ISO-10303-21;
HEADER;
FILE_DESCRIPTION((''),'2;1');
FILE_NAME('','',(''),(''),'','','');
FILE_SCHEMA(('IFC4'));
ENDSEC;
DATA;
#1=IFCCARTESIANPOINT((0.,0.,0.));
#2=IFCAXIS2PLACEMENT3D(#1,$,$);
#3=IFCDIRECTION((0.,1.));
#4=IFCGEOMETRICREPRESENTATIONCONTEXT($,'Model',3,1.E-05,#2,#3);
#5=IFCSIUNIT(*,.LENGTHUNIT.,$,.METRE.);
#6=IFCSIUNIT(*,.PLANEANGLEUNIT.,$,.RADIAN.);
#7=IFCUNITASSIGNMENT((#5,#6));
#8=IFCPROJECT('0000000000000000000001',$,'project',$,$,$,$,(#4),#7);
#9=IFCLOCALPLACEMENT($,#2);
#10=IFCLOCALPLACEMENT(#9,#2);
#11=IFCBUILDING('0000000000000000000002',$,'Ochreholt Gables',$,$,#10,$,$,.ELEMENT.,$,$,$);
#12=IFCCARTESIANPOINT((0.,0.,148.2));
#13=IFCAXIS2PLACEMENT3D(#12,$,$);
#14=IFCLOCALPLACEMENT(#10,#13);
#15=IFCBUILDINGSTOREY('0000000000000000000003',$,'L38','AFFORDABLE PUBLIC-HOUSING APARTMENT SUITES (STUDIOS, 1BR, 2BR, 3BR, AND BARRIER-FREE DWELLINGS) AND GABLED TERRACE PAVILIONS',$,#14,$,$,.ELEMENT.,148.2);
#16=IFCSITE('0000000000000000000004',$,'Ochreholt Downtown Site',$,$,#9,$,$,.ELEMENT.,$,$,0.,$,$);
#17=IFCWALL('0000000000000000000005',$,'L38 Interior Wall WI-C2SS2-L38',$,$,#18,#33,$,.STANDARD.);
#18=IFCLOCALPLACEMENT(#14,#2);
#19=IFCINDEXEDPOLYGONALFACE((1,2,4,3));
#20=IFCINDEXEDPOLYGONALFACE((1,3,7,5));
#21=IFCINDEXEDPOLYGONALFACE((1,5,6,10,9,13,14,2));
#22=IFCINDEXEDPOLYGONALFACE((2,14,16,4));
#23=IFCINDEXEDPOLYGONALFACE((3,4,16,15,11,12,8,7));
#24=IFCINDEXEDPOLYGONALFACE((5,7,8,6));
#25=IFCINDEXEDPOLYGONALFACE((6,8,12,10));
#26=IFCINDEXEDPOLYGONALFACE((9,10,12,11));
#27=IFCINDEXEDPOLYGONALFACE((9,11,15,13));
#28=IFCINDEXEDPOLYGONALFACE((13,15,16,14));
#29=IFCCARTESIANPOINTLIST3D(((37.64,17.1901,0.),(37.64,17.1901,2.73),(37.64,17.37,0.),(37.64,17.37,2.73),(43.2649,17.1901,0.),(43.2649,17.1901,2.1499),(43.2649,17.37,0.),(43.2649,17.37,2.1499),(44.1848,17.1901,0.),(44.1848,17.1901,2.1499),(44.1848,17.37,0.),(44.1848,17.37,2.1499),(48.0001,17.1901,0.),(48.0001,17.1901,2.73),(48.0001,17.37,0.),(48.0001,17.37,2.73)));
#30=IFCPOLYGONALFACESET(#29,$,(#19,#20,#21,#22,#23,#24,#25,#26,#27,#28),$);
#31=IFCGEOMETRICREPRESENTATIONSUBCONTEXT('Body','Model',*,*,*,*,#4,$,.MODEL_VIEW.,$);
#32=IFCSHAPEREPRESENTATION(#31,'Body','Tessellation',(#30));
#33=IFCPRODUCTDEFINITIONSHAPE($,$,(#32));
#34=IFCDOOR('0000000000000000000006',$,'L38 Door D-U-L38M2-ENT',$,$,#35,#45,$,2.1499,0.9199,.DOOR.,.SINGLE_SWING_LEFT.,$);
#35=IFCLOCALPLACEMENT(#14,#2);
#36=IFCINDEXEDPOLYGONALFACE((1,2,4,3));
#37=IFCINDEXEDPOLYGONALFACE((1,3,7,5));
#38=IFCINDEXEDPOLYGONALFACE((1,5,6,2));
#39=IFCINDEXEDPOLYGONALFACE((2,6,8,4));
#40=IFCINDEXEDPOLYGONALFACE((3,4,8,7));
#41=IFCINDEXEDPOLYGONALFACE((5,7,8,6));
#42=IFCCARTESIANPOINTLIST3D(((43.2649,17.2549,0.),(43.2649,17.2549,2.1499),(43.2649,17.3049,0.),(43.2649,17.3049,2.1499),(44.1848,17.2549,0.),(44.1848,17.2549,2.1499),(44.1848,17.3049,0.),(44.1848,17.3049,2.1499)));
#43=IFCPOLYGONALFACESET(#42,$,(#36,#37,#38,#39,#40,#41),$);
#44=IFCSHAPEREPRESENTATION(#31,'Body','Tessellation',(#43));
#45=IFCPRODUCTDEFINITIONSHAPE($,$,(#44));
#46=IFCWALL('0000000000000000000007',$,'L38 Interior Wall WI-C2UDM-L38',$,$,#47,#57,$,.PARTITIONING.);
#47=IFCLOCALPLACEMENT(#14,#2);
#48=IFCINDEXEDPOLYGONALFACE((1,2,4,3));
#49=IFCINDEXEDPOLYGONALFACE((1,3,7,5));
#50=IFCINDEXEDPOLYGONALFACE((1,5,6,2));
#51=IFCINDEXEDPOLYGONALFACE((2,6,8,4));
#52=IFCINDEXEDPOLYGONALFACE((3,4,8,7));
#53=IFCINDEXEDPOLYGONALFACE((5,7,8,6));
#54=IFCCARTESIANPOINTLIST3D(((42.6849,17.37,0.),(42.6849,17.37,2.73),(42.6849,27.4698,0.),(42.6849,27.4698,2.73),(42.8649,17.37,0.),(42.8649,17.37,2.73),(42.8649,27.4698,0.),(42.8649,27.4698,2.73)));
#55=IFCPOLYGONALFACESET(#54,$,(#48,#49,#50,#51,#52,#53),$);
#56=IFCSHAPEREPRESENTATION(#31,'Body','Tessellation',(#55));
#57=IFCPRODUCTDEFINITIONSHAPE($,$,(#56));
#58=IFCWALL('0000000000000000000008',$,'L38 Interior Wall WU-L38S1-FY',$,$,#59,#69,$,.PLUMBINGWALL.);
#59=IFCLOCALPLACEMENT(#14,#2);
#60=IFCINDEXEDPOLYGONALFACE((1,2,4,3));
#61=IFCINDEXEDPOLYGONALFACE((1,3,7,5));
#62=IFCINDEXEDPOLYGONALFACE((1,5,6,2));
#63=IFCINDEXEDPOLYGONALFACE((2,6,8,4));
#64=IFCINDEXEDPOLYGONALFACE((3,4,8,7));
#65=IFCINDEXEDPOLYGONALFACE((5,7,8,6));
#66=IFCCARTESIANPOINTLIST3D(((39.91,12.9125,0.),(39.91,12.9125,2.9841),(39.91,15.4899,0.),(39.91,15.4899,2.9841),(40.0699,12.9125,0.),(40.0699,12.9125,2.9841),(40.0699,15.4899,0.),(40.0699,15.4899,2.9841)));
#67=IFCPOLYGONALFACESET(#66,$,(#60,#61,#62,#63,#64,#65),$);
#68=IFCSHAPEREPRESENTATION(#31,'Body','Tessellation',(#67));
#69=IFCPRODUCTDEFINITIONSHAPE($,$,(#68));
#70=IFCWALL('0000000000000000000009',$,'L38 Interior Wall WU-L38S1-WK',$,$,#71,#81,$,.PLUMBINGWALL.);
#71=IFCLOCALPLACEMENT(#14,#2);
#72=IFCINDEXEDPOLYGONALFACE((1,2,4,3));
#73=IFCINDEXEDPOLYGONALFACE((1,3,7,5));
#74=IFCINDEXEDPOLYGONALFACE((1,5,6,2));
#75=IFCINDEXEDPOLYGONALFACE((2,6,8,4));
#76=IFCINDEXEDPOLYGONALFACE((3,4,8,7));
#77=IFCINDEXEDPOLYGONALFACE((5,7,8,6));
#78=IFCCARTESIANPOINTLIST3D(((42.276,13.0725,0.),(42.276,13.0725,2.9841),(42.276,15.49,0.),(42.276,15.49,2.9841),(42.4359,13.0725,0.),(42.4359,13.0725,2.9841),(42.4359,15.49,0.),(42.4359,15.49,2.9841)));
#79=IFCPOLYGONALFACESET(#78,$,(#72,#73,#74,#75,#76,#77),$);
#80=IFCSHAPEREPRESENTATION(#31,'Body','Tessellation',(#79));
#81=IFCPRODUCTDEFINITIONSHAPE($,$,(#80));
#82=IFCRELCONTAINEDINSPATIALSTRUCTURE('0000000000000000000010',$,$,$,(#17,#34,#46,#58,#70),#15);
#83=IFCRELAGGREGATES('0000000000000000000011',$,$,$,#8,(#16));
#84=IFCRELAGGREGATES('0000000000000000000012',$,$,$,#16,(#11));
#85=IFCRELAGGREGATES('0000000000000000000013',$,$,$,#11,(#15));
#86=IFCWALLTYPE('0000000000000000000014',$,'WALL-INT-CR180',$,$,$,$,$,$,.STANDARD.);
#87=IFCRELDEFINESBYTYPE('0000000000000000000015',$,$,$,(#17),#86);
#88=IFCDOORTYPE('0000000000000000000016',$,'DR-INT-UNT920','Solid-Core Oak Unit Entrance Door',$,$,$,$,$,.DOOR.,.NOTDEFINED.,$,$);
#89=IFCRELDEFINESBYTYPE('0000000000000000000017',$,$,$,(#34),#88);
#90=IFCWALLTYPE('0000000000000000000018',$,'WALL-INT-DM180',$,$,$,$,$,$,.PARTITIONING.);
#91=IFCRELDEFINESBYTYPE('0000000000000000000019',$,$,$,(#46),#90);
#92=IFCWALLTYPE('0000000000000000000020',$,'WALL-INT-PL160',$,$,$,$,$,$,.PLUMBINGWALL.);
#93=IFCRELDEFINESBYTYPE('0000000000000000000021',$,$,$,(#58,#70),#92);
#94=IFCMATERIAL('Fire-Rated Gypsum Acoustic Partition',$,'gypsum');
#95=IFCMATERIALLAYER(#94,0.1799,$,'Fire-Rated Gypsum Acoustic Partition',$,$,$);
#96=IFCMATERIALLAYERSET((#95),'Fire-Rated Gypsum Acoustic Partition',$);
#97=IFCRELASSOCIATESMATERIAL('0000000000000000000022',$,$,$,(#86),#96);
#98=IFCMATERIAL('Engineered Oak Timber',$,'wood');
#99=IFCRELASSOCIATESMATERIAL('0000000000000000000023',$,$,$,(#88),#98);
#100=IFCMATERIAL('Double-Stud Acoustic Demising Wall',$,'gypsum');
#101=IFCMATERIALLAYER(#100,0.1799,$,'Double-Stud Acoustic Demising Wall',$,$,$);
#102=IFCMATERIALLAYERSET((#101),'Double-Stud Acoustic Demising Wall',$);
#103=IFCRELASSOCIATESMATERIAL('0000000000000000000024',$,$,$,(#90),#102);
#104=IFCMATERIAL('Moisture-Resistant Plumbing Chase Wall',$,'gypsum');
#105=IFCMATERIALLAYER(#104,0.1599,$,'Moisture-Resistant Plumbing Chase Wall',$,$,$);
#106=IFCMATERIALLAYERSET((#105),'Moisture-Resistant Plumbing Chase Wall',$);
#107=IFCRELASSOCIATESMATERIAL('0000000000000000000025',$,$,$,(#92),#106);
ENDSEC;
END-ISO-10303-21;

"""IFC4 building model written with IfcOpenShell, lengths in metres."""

from ifc_helpers import new_model, si_unit, direction, frame, frame_2d, origin, place, context, subcontext, project, spatial, rectangle, extrude, material, layer, layer_set, type_object, element, fill, save


model = new_model("IFC4")

# Units and contexts
model_context = context("Model", 3, precision=1e-05, world=origin(), true_north=direction((0.0, 1.0)))
body_context = subcontext(model_context, "Body", "Model", "MODEL_VIEW")
ifc_project = project(units=[si_unit("LENGTHUNIT", "METRE"), si_unit("PLANEANGLEUNIT", "RADIAN")], contexts=[model_context])

# Site, building, storey
site_placement = place(None, origin())
site = spatial("IfcSite", under=ifc_project, at=site_placement, Name="Ochreholt Downtown Site", CompositionType="ELEMENT", RefElevation=0.0)
building_placement = place(site_placement, origin())
building = spatial("IfcBuilding", under=site, at=building_placement, Name="Ochreholt Gables", CompositionType="ELEMENT")
storey_placement = place(building_placement, frame((0.0, 0.0, 148.2)))
storey = spatial("IfcBuildingStorey", under=building, at=storey_placement, Name="L38", Description="AFFORDABLE PUBLIC-HOUSING APARTMENT SUITES (STUDIOS, 1BR, 2BR, 3BR, AND BARRIER-FREE DWELLINGS) AND GABLED TERRACE PAVILIONS", CompositionType="ELEMENT", Elevation=148.2)

# Wall, opening, door
ifc_material_1 = material(Name="Fire-Rated Gypsum Acoustic Partition", Category="gypsum")
ifc_layer_1 = layer(ifc_material_1, 0.1799, Name="Fire-Rated Gypsum Acoustic Partition")
ifc_layer_set_1 = layer_set([ifc_layer_1], Name="Fire-Rated Gypsum Acoustic Partition")
wall_type_1 = type_object("IfcWallType", Name="WALL-INT-CR180", PredefinedType="STANDARD", material=ifc_layer_set_1)
ifc_material_2 = material(Name="Engineered Oak Timber", Category="wood")
door_type_1 = type_object("IfcDoorType", Name="DR-INT-UNT920", Description="Solid-Core Oak Unit Entrance Door", OperationType="NOTDEFINED", PredefinedType="DOOR", material=ifc_material_2)
wall_1_placement = place(storey_placement, frame((37.6399, 17.28, 0.0), z_axis=(0.0, 0.0, 1.0), x_axis=(1.0, 0.0, 0.0)))
wall_1 = element("IfcWall", 1, at=wall_1_placement, inside=storey, type_object=wall_type_1, Name="L38 Interior Wall WI-C2SS2-L38", PredefinedType="STANDARD", context=body_context, shape_type="SweptSolid", body=[
    extrude(rectangle(XDim=10.3601, YDim=0.1799, at=frame_2d((5.1802, 0.0))), origin(), (0.0, 0.0, 1.0), 2.73),
])
opening_1_placement = place(wall_1_placement, frame((5.625, 0.0, 0.0)))
opening_1 = element("IfcOpeningElement", 2, at=opening_1_placement, cuts=wall_1, PredefinedType="OPENING", context=body_context, shape_type="SweptSolid", body=[
    extrude(rectangle(XDim=0.9199, YDim=2.1499, at=frame_2d((0.46, 1.075))), frame((0.0, 0.0999, 0.0), z_axis=(0.0, -1.0, 0.0), x_axis=(1.0, 0.0, 0.0)), (0.0, 0.0, 1.0), 0.2),
])
door_1_placement = place(opening_1_placement, origin())
door_1 = element("IfcDoor", 3, at=door_1_placement, inside=storey, type_object=door_type_1, Name="L38 Door D-U-L38M2-ENT", OperationType="SINGLE_SWING_LEFT", OverallHeight=2.1499, OverallWidth=0.9199, PredefinedType="DOOR", context=body_context, shape_type="SweptSolid", body=[
    extrude(rectangle(XDim=0.9199, YDim=2.1499, at=frame_2d((0.46, 1.075))), frame((0.0, 0.0249, 0.0), z_axis=(0.0, -1.0, 0.0), x_axis=(1.0, 0.0, 0.0)), (0.0, 0.0, 1.0), 0.05),
])
fill(opening_1, door_1)

# Wall
ifc_material_3 = material(Name="Double-Stud Acoustic Demising Wall", Category="gypsum")
ifc_layer_2 = layer(ifc_material_3, 0.1799, Name="Double-Stud Acoustic Demising Wall")
ifc_layer_set_2 = layer_set([ifc_layer_2], Name="Double-Stud Acoustic Demising Wall")
wall_type_2 = type_object("IfcWallType", Name="WALL-INT-DM180", PredefinedType="PARTITIONING", material=ifc_layer_set_2)
wall_2_placement = place(storey_placement, frame((42.7749, 17.3701, 0.0), z_axis=(0.0, 0.0, 1.0), x_axis=(0.0, 1.0, 0.0)))
element("IfcWall", 4, at=wall_2_placement, inside=storey, type_object=wall_type_2, Name="L38 Interior Wall WI-C2UDM-L38", PredefinedType="PARTITIONING", context=body_context, shape_type="SweptSolid", body=[
    extrude(rectangle(XDim=10.0999, YDim=0.1799, at=frame_2d((5.0498, 0.0))), origin(), (0.0, 0.0, 1.0), 2.73),
])

# Shared definitions
ifc_material_4 = material(Name="Moisture-Resistant Plumbing Chase Wall", Category="gypsum")
ifc_layer_3 = layer(ifc_material_4, 0.1599, Name="Moisture-Resistant Plumbing Chase Wall")
ifc_layer_set_3 = layer_set([ifc_layer_3], Name="Moisture-Resistant Plumbing Chase Wall")
wall_type_3 = type_object("IfcWallType", Name="WALL-INT-PL160", PredefinedType="PLUMBINGWALL", material=ifc_layer_set_3)

# Walls
wall_3_placement = place(storey_placement, frame((39.99, 12.9126, 0.0), z_axis=(0.0, 0.0, 1.0), x_axis=(0.0, 1.0, 0.0)))
element("IfcWall", 5, at=wall_3_placement, inside=storey, type_object=wall_type_3, Name="L38 Interior Wall WU-L38S1-FY", PredefinedType="PLUMBINGWALL", context=body_context, shape_type="SweptSolid", body=[
    extrude(rectangle(XDim=2.5774, YDim=0.1599, at=frame_2d((1.2886, 0.0))), origin(), (0.0, 0.0, 1.0), 2.9841),
])
wall_4_placement = place(storey_placement, frame((42.356, 13.0725, 0.0), z_axis=(0.0, 0.0, 1.0), x_axis=(0.0, 1.0, 0.0)))
element("IfcWall", 6, at=wall_4_placement, inside=storey, type_object=wall_type_3, Name="L38 Interior Wall WU-L38S1-WK", PredefinedType="PLUMBINGWALL", context=body_context, shape_type="SweptSolid", body=[
    extrude(rectangle(XDim=2.4175, YDim=0.1599, at=frame_2d((1.2087, 0.0))), origin(), (0.0, 0.0, 1.0), 2.9841),
])

save(model, "model.ifc")
